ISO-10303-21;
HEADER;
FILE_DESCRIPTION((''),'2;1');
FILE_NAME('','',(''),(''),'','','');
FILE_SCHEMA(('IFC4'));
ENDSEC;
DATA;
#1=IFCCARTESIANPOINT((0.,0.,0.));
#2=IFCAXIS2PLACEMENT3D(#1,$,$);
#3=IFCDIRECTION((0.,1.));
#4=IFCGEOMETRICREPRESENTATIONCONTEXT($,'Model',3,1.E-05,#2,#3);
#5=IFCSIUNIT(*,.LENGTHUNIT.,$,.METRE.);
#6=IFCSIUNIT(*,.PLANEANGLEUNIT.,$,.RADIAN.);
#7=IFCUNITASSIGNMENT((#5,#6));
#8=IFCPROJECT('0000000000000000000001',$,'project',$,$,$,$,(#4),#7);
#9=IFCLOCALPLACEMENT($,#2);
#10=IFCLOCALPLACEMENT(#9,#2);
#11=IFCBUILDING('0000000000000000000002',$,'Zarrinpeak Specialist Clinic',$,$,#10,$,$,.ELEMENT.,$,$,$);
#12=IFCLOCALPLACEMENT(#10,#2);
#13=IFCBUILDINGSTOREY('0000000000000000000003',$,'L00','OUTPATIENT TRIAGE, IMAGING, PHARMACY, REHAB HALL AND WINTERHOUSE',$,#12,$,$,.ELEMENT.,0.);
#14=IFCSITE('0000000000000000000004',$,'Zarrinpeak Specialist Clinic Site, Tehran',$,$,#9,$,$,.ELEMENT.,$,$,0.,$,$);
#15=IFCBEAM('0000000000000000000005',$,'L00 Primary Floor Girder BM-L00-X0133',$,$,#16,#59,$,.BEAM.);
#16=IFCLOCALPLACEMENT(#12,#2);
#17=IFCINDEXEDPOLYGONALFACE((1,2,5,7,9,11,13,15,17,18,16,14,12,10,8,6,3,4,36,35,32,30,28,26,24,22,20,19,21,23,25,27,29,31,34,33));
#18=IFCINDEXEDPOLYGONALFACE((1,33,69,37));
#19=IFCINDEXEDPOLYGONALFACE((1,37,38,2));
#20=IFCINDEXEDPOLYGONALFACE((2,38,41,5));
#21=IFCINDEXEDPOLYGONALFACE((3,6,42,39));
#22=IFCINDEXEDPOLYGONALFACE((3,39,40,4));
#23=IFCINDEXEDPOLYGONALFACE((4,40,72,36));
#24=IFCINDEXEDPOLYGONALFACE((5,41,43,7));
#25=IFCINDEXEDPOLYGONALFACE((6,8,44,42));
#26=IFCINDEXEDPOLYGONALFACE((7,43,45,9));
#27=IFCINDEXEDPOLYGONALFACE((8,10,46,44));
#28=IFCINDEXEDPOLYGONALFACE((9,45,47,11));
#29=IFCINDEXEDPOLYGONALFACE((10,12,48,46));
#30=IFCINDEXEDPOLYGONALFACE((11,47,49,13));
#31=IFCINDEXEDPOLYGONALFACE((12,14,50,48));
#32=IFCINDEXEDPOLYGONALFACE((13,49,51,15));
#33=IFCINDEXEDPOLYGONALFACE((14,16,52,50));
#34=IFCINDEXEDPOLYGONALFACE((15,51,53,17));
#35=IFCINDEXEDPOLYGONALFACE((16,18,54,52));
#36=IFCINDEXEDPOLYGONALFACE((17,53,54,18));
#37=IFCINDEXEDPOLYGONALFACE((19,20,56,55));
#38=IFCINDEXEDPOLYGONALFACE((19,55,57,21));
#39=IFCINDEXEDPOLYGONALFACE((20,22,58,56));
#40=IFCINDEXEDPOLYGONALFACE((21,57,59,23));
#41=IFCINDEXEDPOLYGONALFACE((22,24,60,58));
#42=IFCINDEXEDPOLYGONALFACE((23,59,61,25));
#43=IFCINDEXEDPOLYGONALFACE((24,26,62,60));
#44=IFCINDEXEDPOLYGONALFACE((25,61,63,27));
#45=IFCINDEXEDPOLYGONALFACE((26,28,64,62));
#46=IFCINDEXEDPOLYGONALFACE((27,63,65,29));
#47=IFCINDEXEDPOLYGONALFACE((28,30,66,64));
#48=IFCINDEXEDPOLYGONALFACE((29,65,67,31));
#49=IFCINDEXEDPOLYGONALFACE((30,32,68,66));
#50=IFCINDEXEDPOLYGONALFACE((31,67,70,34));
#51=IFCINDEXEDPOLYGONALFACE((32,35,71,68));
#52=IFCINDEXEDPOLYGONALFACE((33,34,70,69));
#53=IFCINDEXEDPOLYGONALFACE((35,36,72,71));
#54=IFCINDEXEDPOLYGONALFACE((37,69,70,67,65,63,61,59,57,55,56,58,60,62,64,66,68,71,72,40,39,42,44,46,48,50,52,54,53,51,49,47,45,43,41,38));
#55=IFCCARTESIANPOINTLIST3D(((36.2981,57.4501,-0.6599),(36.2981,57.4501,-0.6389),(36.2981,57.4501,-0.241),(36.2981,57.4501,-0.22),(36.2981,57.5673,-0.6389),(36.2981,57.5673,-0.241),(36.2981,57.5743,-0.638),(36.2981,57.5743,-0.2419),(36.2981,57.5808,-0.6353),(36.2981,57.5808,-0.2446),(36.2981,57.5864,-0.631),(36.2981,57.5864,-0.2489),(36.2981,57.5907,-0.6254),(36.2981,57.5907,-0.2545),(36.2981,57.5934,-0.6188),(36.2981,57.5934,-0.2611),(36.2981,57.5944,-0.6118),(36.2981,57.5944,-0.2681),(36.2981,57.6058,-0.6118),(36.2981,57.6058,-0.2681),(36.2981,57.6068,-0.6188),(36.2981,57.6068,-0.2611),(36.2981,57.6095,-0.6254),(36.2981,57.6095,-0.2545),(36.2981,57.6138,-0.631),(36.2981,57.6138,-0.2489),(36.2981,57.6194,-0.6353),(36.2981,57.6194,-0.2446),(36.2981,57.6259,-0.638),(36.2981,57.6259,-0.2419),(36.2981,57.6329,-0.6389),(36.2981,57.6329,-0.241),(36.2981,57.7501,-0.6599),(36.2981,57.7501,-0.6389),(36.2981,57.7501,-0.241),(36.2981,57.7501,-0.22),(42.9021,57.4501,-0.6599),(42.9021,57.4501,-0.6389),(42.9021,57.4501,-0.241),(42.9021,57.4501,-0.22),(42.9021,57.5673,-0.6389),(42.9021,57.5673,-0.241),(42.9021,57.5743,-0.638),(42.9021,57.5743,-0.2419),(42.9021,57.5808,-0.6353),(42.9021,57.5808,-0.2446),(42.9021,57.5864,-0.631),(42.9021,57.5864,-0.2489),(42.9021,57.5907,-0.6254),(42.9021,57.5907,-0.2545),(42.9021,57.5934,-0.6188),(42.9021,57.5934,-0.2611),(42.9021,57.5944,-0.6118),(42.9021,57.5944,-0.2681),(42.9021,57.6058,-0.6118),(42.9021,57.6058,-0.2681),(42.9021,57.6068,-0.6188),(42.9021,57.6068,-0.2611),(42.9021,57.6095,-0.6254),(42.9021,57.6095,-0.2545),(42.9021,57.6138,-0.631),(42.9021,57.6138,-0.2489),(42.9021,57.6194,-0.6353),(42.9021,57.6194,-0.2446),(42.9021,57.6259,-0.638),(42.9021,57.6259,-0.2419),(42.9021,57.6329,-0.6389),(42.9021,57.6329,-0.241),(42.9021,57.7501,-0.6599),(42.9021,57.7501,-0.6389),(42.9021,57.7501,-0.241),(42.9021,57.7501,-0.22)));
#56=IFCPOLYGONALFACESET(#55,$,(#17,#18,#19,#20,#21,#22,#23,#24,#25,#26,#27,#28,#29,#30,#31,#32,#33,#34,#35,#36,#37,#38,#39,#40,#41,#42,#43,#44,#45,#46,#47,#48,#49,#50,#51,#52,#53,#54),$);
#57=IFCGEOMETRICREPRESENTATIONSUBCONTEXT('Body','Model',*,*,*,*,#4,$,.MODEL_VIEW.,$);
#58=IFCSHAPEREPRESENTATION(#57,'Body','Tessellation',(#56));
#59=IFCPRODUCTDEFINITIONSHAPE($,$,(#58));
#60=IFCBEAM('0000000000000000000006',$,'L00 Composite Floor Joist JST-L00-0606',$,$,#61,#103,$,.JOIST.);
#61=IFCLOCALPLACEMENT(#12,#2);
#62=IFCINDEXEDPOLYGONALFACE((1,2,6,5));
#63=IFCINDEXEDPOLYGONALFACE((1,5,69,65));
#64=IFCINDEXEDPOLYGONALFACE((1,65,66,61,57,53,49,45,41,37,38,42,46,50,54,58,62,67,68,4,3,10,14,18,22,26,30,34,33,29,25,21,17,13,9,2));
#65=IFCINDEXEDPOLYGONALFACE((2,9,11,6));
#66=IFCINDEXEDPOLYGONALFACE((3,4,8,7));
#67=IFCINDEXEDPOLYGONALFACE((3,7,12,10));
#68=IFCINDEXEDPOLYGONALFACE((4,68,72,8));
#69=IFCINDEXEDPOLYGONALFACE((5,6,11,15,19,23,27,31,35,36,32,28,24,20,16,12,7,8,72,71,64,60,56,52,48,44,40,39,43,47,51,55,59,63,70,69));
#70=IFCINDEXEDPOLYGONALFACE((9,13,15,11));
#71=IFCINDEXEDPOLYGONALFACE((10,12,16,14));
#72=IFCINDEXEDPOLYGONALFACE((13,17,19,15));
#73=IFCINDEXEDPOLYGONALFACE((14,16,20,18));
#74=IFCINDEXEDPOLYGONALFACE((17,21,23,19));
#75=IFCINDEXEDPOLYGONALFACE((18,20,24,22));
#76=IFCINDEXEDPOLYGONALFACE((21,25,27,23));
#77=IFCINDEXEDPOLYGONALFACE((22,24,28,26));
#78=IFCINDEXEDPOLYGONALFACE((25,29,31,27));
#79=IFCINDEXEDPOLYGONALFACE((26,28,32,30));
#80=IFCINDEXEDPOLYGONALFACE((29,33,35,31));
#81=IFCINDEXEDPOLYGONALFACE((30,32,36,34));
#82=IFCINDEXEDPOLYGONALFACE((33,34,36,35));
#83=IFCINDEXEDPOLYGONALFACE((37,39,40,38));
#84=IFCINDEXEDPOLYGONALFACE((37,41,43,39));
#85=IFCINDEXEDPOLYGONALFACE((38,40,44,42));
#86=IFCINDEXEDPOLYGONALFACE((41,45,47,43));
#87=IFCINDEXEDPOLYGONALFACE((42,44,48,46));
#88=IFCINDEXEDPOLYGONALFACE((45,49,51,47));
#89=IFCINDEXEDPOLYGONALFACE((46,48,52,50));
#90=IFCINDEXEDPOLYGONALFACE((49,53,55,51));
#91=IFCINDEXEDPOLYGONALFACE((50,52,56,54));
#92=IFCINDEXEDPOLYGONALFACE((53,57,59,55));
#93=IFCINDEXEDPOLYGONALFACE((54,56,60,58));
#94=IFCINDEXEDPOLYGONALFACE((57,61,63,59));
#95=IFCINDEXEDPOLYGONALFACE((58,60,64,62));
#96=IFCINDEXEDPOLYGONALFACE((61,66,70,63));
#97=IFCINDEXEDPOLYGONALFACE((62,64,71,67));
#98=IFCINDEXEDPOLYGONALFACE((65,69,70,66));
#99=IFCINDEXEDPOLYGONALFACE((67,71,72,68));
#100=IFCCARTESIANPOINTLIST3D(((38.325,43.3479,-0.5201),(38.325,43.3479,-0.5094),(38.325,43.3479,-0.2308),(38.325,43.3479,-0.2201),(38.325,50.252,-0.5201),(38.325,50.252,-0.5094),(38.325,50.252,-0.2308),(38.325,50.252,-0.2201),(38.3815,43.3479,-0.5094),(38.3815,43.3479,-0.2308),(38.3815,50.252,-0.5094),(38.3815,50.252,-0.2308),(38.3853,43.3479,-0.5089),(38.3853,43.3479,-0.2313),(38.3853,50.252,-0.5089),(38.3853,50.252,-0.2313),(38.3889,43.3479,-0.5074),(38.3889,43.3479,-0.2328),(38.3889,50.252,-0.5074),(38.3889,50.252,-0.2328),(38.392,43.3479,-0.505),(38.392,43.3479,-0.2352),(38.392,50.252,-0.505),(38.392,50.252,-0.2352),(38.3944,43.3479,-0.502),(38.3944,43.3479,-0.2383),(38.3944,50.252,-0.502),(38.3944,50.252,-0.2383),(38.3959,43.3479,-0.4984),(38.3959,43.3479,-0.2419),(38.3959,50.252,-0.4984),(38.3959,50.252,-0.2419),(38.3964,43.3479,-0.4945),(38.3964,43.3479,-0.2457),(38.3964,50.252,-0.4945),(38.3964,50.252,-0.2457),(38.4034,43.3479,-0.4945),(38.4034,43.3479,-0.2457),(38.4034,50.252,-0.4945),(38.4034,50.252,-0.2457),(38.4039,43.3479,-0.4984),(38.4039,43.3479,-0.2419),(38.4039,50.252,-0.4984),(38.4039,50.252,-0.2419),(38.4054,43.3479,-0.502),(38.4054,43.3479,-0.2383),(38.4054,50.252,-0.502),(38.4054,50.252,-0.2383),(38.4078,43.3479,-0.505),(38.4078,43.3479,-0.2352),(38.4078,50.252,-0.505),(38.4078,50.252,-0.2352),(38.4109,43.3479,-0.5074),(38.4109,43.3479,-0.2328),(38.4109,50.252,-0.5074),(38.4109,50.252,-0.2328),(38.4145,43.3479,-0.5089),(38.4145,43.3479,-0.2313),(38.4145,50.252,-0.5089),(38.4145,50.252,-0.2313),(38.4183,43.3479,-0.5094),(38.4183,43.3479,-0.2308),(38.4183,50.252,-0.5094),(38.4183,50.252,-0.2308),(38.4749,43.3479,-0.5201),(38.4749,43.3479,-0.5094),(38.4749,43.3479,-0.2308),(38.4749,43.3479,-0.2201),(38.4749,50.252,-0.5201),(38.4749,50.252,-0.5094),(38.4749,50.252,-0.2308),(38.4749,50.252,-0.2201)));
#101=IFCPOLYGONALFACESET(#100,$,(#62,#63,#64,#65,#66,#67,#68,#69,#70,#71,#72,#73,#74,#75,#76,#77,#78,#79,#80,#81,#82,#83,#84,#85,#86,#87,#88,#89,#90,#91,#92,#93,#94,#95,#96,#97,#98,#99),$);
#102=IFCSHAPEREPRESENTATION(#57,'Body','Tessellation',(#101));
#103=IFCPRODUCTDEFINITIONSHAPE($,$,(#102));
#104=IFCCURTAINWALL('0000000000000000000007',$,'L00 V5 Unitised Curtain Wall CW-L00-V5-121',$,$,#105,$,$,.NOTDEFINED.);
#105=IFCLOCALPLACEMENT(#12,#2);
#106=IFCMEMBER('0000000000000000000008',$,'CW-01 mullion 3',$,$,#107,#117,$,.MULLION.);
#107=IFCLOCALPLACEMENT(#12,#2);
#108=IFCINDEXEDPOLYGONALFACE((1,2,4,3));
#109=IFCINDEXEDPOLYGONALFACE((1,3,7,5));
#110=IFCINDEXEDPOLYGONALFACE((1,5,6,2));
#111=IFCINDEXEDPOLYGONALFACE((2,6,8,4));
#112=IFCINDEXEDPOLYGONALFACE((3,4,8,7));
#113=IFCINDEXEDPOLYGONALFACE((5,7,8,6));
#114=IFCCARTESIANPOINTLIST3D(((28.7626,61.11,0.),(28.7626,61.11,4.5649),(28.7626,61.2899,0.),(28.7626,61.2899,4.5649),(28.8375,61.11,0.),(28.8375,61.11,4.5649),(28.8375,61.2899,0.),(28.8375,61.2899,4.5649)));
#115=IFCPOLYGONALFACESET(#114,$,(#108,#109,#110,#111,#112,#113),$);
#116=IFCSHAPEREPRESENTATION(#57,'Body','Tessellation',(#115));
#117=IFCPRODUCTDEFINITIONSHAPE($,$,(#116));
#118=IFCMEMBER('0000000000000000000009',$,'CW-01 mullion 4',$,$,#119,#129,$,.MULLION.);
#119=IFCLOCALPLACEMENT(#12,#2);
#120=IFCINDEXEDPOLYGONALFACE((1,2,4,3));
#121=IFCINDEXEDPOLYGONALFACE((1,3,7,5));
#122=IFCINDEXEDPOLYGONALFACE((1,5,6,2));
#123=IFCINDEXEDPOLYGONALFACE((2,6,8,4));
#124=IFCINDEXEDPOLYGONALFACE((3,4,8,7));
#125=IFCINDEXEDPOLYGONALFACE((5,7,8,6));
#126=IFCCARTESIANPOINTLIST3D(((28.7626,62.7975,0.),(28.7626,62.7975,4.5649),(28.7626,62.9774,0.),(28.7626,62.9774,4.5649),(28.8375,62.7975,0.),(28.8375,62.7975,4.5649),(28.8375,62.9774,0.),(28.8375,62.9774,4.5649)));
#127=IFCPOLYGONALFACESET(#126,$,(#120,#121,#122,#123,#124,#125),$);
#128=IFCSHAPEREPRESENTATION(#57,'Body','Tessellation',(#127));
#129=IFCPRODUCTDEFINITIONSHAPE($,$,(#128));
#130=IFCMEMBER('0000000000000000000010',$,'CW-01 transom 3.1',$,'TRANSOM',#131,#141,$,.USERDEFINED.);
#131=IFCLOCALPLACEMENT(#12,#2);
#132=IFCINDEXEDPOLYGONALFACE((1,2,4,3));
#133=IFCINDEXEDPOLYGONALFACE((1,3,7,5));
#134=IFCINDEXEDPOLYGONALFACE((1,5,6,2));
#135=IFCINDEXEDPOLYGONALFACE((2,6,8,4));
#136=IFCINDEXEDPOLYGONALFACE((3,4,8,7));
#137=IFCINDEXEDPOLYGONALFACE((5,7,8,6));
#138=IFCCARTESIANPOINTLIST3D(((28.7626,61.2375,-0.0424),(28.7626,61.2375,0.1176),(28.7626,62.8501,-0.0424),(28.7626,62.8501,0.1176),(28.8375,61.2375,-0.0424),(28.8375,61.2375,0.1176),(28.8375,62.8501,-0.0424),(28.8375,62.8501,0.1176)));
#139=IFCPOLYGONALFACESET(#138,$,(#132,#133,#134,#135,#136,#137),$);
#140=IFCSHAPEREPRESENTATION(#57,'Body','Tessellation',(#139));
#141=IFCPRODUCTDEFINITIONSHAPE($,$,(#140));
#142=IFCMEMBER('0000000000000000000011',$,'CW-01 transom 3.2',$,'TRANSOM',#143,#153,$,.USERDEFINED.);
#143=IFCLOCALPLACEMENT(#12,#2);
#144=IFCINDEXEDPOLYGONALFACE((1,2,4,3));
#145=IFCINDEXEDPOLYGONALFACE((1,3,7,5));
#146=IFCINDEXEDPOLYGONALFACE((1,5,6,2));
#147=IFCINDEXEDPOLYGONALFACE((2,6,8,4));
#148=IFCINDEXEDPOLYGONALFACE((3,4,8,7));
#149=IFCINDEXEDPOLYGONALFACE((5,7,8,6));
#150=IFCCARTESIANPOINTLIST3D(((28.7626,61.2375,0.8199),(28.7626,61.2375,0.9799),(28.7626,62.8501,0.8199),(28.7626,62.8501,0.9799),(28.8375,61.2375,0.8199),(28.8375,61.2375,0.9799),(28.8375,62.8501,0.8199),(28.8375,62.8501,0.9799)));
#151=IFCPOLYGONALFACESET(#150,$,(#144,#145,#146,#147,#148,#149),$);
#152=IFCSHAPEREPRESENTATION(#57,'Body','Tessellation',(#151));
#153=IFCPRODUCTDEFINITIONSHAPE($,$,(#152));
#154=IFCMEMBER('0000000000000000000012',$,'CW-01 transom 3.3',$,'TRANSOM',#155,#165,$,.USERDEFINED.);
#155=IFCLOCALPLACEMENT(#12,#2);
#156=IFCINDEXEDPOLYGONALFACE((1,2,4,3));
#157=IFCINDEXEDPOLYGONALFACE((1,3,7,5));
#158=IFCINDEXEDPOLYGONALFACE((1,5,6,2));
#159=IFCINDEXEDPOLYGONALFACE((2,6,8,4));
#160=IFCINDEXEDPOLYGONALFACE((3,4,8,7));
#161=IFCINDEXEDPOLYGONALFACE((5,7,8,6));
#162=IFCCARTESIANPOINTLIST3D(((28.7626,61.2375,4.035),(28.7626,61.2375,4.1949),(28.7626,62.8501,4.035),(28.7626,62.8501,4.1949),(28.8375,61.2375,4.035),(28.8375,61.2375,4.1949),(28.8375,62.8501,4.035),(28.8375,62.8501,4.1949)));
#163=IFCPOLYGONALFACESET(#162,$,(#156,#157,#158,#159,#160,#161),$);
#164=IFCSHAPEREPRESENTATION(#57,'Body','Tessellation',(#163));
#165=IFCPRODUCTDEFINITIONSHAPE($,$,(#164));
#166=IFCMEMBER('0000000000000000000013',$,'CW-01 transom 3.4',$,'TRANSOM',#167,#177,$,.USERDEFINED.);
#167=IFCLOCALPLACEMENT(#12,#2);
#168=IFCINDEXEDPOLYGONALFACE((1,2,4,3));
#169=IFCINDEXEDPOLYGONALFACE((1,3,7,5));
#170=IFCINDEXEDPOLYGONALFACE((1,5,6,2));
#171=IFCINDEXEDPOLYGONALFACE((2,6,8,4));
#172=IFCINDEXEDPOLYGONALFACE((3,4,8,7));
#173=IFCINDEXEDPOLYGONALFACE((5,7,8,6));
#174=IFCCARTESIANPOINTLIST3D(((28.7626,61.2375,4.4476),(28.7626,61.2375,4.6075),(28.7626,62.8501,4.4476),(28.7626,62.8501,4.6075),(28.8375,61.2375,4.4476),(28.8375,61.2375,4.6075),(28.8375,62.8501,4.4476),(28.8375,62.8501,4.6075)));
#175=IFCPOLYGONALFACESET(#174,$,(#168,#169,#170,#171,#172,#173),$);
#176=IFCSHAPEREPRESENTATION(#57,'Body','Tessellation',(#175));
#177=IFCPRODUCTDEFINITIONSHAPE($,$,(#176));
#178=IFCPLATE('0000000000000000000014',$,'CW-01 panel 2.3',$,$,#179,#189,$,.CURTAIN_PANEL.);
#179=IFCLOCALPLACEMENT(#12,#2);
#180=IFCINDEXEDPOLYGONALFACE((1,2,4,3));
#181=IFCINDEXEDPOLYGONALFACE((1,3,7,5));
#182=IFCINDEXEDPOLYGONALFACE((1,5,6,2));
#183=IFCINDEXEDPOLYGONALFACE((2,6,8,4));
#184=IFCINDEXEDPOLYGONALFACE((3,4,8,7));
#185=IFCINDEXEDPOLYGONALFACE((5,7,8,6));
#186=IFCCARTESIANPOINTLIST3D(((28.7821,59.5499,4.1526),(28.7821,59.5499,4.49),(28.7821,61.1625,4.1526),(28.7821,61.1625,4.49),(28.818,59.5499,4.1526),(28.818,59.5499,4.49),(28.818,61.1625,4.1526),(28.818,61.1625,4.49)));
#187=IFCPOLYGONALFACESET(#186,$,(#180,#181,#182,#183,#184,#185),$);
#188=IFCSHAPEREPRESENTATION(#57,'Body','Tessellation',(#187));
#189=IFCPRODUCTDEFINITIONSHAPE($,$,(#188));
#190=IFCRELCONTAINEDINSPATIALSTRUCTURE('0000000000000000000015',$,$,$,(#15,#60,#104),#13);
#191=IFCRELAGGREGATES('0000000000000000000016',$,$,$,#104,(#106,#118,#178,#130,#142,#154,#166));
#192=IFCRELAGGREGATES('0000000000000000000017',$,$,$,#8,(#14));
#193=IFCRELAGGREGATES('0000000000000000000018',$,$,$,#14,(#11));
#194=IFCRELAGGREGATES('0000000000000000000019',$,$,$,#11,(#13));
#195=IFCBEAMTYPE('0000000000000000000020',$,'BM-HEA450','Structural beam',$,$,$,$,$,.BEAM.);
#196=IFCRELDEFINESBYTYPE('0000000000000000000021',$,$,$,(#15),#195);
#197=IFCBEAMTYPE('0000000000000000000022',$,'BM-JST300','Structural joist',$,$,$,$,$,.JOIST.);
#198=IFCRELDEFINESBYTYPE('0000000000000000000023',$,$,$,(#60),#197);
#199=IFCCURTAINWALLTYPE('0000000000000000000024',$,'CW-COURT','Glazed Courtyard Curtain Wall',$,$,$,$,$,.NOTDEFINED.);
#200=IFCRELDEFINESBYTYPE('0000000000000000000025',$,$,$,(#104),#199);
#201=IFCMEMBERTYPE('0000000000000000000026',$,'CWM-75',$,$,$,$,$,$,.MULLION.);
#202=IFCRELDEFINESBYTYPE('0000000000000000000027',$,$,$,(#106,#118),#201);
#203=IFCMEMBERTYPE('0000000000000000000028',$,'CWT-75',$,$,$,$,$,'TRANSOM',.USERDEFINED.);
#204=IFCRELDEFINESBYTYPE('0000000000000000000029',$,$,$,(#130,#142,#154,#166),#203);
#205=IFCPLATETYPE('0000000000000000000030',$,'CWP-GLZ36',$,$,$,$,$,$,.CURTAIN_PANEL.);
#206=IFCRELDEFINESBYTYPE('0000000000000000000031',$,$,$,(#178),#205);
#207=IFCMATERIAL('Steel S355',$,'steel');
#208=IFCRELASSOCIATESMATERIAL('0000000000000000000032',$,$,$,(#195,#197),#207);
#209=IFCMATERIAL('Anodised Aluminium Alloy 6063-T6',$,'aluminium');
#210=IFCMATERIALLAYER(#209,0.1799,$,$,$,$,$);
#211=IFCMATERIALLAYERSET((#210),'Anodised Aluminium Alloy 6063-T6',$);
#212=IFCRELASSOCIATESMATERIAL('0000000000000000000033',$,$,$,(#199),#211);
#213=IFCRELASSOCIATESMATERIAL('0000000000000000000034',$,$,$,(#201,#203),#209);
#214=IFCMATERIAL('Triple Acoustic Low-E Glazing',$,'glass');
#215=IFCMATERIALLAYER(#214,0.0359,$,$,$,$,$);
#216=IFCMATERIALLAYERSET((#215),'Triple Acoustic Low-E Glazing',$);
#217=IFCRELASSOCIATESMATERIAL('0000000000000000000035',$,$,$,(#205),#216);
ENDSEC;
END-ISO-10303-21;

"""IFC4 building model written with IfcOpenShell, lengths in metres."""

from ifc_helpers import new_model, si_unit, direction, frame, origin, origin_2d, place, context, subcontext, project, spatial, rectangle, i_section, extrude, material, layer, layer_set, material_profile, profile_set, type_object, element, aggregate, save


model = new_model("IFC4")

# Units and contexts
model_context = context("Model", 3, precision=1e-05, world=origin(), true_north=direction((0.0, 1.0)))
body_context = subcontext(model_context, "Body", "Model", "MODEL_VIEW")
ifc_project = project(units=[si_unit("LENGTHUNIT", "METRE"), si_unit("PLANEANGLEUNIT", "RADIAN")], contexts=[model_context])

# Site, building, storey
site_placement = place(None, origin())
site = spatial("IfcSite", under=ifc_project, at=site_placement, Name="Zarrinpeak Specialist Clinic Site, Tehran", CompositionType="ELEMENT", RefElevation=0.0)
building_placement = place(site_placement, origin())
building = spatial("IfcBuilding", under=site, at=building_placement, Name="Zarrinpeak Specialist Clinic", CompositionType="ELEMENT")
storey_placement = place(building_placement, origin())
storey = spatial("IfcBuildingStorey", under=building, at=storey_placement, Name="L00", Description="OUTPATIENT TRIAGE, IMAGING, PHARMACY, REHAB HALL AND WINTERHOUSE", CompositionType="ELEMENT", Elevation=0.0)

# Beams
ifc_material_1 = material(Name="Steel S355", Category="steel")
ifc_material_profile_1 = material_profile(ifc_material_1, i_section(OverallWidth=0.3, OverallDepth=0.4399, WebThickness=0.0115, FlangeThickness=0.021, FilletRadius=0.0271, at=origin_2d()), Name="HEA 450")
ifc_profile_set_1 = profile_set([ifc_material_profile_1], Name="Steel S355")
beam_type_1 = type_object("IfcBeamType", Name="BM-HEA450", Description="Structural beam", PredefinedType="BEAM", material=ifc_profile_set_1)
beam_1_placement = place(storey_placement, frame((36.2981, 57.6001, -0.4399), z_axis=(1.0, 0.0, 0.0), x_axis=(0.0, 1.0, 0.0)))
element("IfcBeam", 1, at=beam_1_placement, inside=storey, type_object=beam_type_1, Name="L00 Primary Floor Girder BM-L00-X0133", PredefinedType="BEAM", context=body_context, shape_type="SweptSolid", body=[
    extrude(i_section(OverallWidth=0.3, OverallDepth=0.4399, WebThickness=0.0115, FlangeThickness=0.021, FilletRadius=0.0271, at=origin_2d()), origin(), (0.0, 0.0, 1.0), 6.604),
])
ifc_material_profile_2 = material_profile(ifc_material_1, i_section(OverallWidth=0.1499, OverallDepth=0.3, WebThickness=0.0071, FlangeThickness=0.0107, FilletRadius=0.0149, at=origin_2d()), Name="IPE 300")
ifc_profile_set_2 = profile_set([ifc_material_profile_2], Name="Steel S355")
beam_type_2 = type_object("IfcBeamType", Name="BM-JST300", Description="Structural joist", PredefinedType="JOIST", material=ifc_profile_set_2)
beam_2_placement = place(storey_placement, frame((38.3999, 43.3479, -0.3701), z_axis=(0.0, 1.0, 0.0), x_axis=(-1.0, 0.0, 0.0)))
element("IfcBeam", 2, at=beam_2_placement, inside=storey, type_object=beam_type_2, Name="L00 Composite Floor Joist JST-L00-0606", PredefinedType="JOIST", context=body_context, shape_type="SweptSolid", body=[
    extrude(i_section(OverallWidth=0.1499, OverallDepth=0.3, WebThickness=0.0071, FlangeThickness=0.0107, FilletRadius=0.0149, at=origin_2d()), origin(), (0.0, 0.0, 1.0), 6.9041),
])

# Curtain wall, members, plate
ifc_material_2 = material(Name="Anodised Aluminium Alloy 6063-T6", Category="aluminium")
ifc_layer_1 = layer(ifc_material_2, 0.1799)
ifc_layer_set_1 = layer_set([ifc_layer_1], Name="Anodised Aluminium Alloy 6063-T6")
curtain_wall_type = type_object("IfcCurtainWallType", Name="CW-COURT", Description="Glazed Courtyard Curtain Wall", PredefinedType="NOTDEFINED", material=ifc_layer_set_1)
curtain_wall_placement = place(storey_placement, origin())
curtain_wall = element("IfcCurtainWall", 3, at=curtain_wall_placement, inside=storey, type_object=curtain_wall_type, Name="L00 V5 Unitised Curtain Wall CW-L00-V5-121", PredefinedType="NOTDEFINED")
ifc_material_profile_3 = material_profile(ifc_material_2, rectangle(XDim=0.075, YDim=0.1799, at=origin_2d()), Name="ALU 75x180")
ifc_profile_set_3 = profile_set([ifc_material_profile_3], Name="Anodised Aluminium Alloy 6063-T6")
member_type_1 = type_object("IfcMemberType", Name="CWM-75", PredefinedType="MULLION", material=ifc_profile_set_3)
member_1_placement = place(storey_placement, frame((28.8, 61.2, 0.0), z_axis=(0.0, 0.0, 1.0), x_axis=(-1.0, 0.0, 0.0)))
member_1 = element("IfcMember", 4, at=member_1_placement, type_object=member_type_1, Name="CW-01 mullion 3", PredefinedType="MULLION", context=body_context, shape_type="SweptSolid", body=[
    extrude(rectangle(XDim=0.075, YDim=0.1799, at=origin_2d()), origin(), (0.0, 0.0, 1.0), 4.5649),
])
member_2_placement = place(storey_placement, frame((28.8, 62.8875, 0.0), z_axis=(0.0, 0.0, 1.0), x_axis=(-1.0, 0.0, 0.0)))
member_2 = element("IfcMember", 5, at=member_2_placement, type_object=member_type_1, Name="CW-01 mullion 4", PredefinedType="MULLION", context=body_context, shape_type="SweptSolid", body=[
    extrude(rectangle(XDim=0.075, YDim=0.1799, at=origin_2d()), origin(), (0.0, 0.0, 1.0), 4.5649),
])
ifc_material_profile_4 = material_profile(ifc_material_2, rectangle(XDim=0.075, YDim=0.1599, at=origin_2d()), Name="ALU 75x160")
ifc_profile_set_4 = profile_set([ifc_material_profile_4], Name="Anodised Aluminium Alloy 6063-T6")
member_type_2 = type_object("IfcMemberType", Name="CWT-75", ElementType="TRANSOM", PredefinedType="USERDEFINED", material=ifc_profile_set_4)
member_3_placement = place(storey_placement, frame((28.8, 61.2375, 0.0376), z_axis=(0.0, 1.0, 0.0), x_axis=(-1.0, 0.0, 0.0)))
member_3 = element("IfcMember", 6, at=member_3_placement, type_object=member_type_2, Name="CW-01 transom 3.1", ObjectType="TRANSOM", PredefinedType="USERDEFINED", context=body_context, shape_type="SweptSolid", body=[
    extrude(rectangle(XDim=0.075, YDim=0.1599, at=origin_2d()), origin(), (0.0, 0.0, 1.0), 1.6125),
])
member_4_placement = place(storey_placement, frame((28.8, 61.2375, 0.8999), z_axis=(0.0, 1.0, 0.0), x_axis=(-1.0, 0.0, 0.0)))
member_4 = element("IfcMember", 7, at=member_4_placement, type_object=member_type_2, Name="CW-01 transom 3.2", ObjectType="TRANSOM", PredefinedType="USERDEFINED", context=body_context, shape_type="SweptSolid", body=[
    extrude(rectangle(XDim=0.075, YDim=0.1599, at=origin_2d()), origin(), (0.0, 0.0, 1.0), 1.6125),
])
member_5_placement = place(storey_placement, frame((28.8, 61.2375, 4.115), z_axis=(0.0, 1.0, 0.0), x_axis=(-1.0, 0.0, 0.0)))
member_5 = element("IfcMember", 8, at=member_5_placement, type_object=member_type_2, Name="CW-01 transom 3.3", ObjectType="TRANSOM", PredefinedType="USERDEFINED", context=body_context, shape_type="SweptSolid", body=[
    extrude(rectangle(XDim=0.075, YDim=0.1599, at=origin_2d()), origin(), (0.0, 0.0, 1.0), 1.6125),
])
member_6_placement = place(storey_placement, frame((28.8, 61.2375, 4.5276), z_axis=(0.0, 1.0, 0.0), x_axis=(-1.0, 0.0, 0.0)))
member_6 = element("IfcMember", 9, at=member_6_placement, type_object=member_type_2, Name="CW-01 transom 3.4", ObjectType="TRANSOM", PredefinedType="USERDEFINED", context=body_context, shape_type="SweptSolid", body=[
    extrude(rectangle(XDim=0.075, YDim=0.1599, at=origin_2d()), origin(), (0.0, 0.0, 1.0), 1.6125),
])
ifc_material_3 = material(Name="Triple Acoustic Low-E Glazing", Category="glass")
ifc_layer_2 = layer(ifc_material_3, 0.0359)
ifc_layer_set_2 = layer_set([ifc_layer_2], Name="Triple Acoustic Low-E Glazing")
plate_type = type_object("IfcPlateType", Name="CWP-GLZ36", PredefinedType="CURTAIN_PANEL", material=ifc_layer_set_2)
plate_1_placement = place(storey_placement, frame((28.8, 60.3562, 4.1526), z_axis=(0.0, 0.0, 1.0), x_axis=(0.0, 1.0, 0.0)))
plate_1 = element("IfcPlate", 10, at=plate_1_placement, type_object=plate_type, Name="CW-01 panel 2.3", PredefinedType="CURTAIN_PANEL", context=body_context, shape_type="SweptSolid", body=[
    extrude(rectangle(XDim=1.6125, YDim=0.0359, at=origin_2d()), origin(), (0.0, 0.0, 1.0), 0.3374),
])
aggregate(curtain_wall, [member_1, member_2, plate_1, member_3, member_4, member_5, member_6])

save(model, "model.ifc")
